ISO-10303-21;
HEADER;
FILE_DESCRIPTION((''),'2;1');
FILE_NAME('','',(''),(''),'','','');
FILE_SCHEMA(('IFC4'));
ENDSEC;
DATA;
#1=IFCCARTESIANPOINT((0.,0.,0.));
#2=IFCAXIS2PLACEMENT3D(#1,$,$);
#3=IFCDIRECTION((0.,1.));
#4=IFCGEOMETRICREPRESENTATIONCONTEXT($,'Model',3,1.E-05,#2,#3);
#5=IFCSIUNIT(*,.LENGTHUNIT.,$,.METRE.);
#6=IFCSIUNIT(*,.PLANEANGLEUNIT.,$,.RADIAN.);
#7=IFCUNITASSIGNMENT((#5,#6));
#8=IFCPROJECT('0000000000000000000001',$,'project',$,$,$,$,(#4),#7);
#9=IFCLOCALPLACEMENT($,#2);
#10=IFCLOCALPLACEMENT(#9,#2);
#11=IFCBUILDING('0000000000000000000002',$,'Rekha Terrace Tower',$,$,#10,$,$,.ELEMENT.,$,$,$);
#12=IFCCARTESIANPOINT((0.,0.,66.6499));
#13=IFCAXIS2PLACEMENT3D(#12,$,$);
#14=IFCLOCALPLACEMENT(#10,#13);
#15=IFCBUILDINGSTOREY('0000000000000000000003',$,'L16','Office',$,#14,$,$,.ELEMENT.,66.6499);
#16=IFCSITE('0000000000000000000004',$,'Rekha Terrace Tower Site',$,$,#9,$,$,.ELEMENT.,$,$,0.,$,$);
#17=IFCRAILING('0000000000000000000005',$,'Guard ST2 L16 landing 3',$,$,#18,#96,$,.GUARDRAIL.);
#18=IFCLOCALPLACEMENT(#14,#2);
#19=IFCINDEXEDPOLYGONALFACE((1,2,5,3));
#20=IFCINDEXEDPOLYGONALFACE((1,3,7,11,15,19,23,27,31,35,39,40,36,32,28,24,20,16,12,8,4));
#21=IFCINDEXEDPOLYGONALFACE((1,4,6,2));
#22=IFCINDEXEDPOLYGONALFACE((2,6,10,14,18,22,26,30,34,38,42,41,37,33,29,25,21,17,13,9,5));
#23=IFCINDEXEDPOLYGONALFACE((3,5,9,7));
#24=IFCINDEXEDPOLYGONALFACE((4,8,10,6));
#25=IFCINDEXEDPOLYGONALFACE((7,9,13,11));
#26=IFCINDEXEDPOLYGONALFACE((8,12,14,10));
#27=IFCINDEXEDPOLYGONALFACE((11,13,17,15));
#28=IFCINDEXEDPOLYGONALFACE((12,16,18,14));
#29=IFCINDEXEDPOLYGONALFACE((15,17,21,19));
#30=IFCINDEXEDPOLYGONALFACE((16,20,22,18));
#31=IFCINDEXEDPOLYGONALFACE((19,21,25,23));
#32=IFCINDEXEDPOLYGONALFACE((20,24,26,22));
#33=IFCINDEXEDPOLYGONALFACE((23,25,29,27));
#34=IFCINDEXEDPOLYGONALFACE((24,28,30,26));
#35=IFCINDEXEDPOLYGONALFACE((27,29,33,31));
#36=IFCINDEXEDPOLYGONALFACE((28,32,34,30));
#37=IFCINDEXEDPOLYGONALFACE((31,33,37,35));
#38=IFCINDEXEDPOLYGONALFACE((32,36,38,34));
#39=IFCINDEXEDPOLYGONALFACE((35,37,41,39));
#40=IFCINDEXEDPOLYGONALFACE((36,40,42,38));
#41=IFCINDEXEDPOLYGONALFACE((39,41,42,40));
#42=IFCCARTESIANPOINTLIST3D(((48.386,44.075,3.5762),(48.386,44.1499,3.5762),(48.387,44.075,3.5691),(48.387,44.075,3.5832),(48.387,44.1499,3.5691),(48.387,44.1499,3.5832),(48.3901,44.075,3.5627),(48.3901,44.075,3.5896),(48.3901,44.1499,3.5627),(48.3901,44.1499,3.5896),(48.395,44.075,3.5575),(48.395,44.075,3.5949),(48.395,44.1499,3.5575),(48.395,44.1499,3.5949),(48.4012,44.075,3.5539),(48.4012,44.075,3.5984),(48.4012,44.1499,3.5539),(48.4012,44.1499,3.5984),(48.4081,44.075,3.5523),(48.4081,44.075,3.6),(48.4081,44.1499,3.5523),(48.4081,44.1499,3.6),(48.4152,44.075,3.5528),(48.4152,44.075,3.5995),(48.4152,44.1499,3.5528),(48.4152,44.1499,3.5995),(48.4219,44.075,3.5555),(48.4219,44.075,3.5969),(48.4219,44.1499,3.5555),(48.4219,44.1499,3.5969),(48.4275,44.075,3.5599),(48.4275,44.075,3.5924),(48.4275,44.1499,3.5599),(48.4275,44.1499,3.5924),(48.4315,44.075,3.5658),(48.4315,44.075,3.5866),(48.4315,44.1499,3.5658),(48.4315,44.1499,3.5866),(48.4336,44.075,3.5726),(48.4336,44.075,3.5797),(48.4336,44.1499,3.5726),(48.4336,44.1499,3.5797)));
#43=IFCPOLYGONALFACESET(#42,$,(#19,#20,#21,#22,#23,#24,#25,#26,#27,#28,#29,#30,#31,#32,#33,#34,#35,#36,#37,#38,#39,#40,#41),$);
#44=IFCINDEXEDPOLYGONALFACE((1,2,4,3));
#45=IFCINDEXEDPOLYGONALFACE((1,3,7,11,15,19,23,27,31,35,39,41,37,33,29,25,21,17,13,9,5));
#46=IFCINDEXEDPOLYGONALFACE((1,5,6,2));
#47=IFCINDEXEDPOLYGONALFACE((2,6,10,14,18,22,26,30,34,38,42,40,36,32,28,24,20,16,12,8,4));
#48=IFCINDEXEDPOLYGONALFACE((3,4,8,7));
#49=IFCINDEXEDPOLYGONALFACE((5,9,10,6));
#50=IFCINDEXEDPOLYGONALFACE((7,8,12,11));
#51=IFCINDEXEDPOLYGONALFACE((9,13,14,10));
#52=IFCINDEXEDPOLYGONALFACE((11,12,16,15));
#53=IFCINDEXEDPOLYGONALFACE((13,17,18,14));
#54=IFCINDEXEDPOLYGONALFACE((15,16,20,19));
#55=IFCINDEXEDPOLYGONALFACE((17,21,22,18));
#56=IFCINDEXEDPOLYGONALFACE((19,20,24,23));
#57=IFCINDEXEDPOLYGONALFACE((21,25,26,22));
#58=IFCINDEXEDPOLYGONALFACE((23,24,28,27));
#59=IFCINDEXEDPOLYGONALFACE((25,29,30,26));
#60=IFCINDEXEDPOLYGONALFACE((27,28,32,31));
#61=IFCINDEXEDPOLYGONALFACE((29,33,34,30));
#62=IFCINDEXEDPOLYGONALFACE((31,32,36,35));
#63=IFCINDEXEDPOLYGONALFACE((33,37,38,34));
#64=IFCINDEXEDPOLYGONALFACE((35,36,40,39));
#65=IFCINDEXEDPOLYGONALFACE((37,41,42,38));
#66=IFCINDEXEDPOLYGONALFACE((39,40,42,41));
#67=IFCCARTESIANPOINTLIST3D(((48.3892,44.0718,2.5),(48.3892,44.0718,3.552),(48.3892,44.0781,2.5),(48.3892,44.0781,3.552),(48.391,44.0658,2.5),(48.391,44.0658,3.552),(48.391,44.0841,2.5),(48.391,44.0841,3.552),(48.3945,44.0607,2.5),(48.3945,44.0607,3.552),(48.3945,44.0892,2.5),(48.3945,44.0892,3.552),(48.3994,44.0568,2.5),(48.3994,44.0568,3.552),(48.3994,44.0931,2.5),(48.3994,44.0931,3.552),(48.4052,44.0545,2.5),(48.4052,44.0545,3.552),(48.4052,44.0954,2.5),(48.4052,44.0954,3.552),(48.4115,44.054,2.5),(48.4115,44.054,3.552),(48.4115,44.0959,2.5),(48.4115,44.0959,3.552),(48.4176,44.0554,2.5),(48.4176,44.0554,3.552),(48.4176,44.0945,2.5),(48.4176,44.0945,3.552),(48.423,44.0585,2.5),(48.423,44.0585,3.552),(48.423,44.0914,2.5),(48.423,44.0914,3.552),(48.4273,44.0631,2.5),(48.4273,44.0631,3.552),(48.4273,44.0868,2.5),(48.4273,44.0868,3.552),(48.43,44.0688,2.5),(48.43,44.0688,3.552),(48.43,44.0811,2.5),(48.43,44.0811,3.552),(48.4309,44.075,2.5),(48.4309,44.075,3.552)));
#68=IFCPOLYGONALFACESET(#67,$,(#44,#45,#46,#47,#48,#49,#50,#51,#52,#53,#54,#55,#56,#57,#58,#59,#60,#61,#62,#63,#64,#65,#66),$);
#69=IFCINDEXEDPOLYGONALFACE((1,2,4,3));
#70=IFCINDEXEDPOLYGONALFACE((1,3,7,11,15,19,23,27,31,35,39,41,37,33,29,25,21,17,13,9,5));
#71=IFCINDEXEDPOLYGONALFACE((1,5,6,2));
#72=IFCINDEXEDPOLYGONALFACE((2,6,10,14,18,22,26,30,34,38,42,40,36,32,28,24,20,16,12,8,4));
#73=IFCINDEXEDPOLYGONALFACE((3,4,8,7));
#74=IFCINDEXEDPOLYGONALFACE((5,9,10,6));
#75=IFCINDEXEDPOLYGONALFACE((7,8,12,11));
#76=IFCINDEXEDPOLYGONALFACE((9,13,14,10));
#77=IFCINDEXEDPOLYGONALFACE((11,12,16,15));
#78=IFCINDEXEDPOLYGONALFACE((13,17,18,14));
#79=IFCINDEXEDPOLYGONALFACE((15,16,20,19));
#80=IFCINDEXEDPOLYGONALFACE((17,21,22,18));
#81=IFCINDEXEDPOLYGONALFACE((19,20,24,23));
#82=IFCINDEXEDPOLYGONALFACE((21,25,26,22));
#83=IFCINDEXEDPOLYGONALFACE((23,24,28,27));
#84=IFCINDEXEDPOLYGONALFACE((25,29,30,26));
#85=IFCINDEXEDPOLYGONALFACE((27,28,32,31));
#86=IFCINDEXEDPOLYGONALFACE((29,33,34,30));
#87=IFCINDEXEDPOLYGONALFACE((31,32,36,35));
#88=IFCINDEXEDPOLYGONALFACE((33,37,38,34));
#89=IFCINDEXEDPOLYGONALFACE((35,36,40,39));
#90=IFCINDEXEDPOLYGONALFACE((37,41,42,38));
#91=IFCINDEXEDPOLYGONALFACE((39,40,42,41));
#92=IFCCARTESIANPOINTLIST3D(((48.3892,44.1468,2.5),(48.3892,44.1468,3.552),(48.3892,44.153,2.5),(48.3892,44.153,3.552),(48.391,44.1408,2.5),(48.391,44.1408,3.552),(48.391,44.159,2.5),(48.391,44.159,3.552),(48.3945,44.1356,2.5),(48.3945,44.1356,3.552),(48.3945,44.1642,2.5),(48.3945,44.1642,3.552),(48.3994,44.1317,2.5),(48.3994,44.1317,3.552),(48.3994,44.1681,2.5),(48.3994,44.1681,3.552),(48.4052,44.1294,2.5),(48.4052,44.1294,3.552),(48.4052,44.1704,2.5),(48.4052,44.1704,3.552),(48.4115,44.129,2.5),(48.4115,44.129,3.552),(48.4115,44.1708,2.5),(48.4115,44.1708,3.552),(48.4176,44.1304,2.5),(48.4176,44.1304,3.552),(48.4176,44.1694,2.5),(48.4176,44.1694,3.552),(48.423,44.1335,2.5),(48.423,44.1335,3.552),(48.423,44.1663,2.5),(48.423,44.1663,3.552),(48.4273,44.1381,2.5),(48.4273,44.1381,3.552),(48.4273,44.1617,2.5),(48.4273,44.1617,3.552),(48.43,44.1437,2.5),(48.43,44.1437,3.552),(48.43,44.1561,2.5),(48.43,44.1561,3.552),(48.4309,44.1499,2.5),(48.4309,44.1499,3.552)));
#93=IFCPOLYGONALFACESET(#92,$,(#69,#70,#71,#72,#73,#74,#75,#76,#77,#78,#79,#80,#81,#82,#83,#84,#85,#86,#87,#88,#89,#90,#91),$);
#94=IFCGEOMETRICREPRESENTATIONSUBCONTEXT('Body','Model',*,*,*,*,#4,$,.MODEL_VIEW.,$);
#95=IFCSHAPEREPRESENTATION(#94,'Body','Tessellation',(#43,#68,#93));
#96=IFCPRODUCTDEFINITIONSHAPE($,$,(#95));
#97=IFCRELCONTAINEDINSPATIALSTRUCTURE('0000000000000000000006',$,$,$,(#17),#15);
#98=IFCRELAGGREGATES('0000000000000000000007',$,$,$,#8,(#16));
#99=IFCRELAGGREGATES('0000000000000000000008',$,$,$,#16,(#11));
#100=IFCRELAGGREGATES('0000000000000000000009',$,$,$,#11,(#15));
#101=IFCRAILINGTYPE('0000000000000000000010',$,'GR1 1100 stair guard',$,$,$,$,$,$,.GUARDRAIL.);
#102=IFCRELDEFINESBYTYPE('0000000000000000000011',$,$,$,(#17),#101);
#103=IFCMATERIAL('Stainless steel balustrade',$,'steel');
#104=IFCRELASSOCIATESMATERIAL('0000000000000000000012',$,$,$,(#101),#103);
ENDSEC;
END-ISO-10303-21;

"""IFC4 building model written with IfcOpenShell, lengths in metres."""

from ifc_helpers import new_model, si_unit, direction, frame, origin, origin_2d, place, context, subcontext, project, spatial, circle, extrude, material, type_object, element, save


model = new_model("IFC4")

# Units and contexts
model_context = context("Model", 3, precision=1e-05, world=origin(), true_north=direction((0.0, 1.0)))
body_context = subcontext(model_context, "Body", "Model", "MODEL_VIEW")
ifc_project = project(units=[si_unit("LENGTHUNIT", "METRE"), si_unit("PLANEANGLEUNIT", "RADIAN")], contexts=[model_context])

# Site, building, storey
site_placement = place(None, origin())
site = spatial("IfcSite", under=ifc_project, at=site_placement, Name="Rekha Terrace Tower Site", CompositionType="ELEMENT", RefElevation=0.0)
building_placement = place(site_placement, origin())
building = spatial("IfcBuilding", under=site, at=building_placement, Name="Rekha Terrace Tower", CompositionType="ELEMENT")
storey_placement = place(building_placement, frame((0.0, 0.0, 66.6499)))
storey = spatial("IfcBuildingStorey", under=building, at=storey_placement, Name="L16", Description="Office", CompositionType="ELEMENT", Elevation=66.6499)

# Railing
ifc_material_1 = material(Name="Stainless steel balustrade", Category="steel")
railing_type_1 = type_object("IfcRailingType", Name="GR1 1100 stair guard", PredefinedType="GUARDRAIL", material=ifc_material_1)
railing_1_placement = place(storey_placement, frame((48.4099, 44.075, 2.5)))
element("IfcRailing", 1, at=railing_1_placement, inside=storey, type_object=railing_type_1, Name="Guard ST2 L16 landing 3", PredefinedType="GUARDRAIL", context=body_context, shape_type="SweptSolid", body=[
    extrude(circle(Radius=0.0239, at=origin_2d()), frame((0.0, 0.0, 1.0762), z_axis=(0.0, 1.0, 0.0), x_axis=(-1.0, 0.0, 0.0)), (0.0, 0.0, 1.0), 0.075),
    extrude(circle(Radius=0.021, at=origin_2d()), origin(), (0.0, 0.0, 1.0), 1.052),
    extrude(circle(Radius=0.021, at=origin_2d()), frame((0.0, 0.075, 0.0)), (0.0, 0.0, 1.0), 1.052),
])

save(model, "model.ifc")
